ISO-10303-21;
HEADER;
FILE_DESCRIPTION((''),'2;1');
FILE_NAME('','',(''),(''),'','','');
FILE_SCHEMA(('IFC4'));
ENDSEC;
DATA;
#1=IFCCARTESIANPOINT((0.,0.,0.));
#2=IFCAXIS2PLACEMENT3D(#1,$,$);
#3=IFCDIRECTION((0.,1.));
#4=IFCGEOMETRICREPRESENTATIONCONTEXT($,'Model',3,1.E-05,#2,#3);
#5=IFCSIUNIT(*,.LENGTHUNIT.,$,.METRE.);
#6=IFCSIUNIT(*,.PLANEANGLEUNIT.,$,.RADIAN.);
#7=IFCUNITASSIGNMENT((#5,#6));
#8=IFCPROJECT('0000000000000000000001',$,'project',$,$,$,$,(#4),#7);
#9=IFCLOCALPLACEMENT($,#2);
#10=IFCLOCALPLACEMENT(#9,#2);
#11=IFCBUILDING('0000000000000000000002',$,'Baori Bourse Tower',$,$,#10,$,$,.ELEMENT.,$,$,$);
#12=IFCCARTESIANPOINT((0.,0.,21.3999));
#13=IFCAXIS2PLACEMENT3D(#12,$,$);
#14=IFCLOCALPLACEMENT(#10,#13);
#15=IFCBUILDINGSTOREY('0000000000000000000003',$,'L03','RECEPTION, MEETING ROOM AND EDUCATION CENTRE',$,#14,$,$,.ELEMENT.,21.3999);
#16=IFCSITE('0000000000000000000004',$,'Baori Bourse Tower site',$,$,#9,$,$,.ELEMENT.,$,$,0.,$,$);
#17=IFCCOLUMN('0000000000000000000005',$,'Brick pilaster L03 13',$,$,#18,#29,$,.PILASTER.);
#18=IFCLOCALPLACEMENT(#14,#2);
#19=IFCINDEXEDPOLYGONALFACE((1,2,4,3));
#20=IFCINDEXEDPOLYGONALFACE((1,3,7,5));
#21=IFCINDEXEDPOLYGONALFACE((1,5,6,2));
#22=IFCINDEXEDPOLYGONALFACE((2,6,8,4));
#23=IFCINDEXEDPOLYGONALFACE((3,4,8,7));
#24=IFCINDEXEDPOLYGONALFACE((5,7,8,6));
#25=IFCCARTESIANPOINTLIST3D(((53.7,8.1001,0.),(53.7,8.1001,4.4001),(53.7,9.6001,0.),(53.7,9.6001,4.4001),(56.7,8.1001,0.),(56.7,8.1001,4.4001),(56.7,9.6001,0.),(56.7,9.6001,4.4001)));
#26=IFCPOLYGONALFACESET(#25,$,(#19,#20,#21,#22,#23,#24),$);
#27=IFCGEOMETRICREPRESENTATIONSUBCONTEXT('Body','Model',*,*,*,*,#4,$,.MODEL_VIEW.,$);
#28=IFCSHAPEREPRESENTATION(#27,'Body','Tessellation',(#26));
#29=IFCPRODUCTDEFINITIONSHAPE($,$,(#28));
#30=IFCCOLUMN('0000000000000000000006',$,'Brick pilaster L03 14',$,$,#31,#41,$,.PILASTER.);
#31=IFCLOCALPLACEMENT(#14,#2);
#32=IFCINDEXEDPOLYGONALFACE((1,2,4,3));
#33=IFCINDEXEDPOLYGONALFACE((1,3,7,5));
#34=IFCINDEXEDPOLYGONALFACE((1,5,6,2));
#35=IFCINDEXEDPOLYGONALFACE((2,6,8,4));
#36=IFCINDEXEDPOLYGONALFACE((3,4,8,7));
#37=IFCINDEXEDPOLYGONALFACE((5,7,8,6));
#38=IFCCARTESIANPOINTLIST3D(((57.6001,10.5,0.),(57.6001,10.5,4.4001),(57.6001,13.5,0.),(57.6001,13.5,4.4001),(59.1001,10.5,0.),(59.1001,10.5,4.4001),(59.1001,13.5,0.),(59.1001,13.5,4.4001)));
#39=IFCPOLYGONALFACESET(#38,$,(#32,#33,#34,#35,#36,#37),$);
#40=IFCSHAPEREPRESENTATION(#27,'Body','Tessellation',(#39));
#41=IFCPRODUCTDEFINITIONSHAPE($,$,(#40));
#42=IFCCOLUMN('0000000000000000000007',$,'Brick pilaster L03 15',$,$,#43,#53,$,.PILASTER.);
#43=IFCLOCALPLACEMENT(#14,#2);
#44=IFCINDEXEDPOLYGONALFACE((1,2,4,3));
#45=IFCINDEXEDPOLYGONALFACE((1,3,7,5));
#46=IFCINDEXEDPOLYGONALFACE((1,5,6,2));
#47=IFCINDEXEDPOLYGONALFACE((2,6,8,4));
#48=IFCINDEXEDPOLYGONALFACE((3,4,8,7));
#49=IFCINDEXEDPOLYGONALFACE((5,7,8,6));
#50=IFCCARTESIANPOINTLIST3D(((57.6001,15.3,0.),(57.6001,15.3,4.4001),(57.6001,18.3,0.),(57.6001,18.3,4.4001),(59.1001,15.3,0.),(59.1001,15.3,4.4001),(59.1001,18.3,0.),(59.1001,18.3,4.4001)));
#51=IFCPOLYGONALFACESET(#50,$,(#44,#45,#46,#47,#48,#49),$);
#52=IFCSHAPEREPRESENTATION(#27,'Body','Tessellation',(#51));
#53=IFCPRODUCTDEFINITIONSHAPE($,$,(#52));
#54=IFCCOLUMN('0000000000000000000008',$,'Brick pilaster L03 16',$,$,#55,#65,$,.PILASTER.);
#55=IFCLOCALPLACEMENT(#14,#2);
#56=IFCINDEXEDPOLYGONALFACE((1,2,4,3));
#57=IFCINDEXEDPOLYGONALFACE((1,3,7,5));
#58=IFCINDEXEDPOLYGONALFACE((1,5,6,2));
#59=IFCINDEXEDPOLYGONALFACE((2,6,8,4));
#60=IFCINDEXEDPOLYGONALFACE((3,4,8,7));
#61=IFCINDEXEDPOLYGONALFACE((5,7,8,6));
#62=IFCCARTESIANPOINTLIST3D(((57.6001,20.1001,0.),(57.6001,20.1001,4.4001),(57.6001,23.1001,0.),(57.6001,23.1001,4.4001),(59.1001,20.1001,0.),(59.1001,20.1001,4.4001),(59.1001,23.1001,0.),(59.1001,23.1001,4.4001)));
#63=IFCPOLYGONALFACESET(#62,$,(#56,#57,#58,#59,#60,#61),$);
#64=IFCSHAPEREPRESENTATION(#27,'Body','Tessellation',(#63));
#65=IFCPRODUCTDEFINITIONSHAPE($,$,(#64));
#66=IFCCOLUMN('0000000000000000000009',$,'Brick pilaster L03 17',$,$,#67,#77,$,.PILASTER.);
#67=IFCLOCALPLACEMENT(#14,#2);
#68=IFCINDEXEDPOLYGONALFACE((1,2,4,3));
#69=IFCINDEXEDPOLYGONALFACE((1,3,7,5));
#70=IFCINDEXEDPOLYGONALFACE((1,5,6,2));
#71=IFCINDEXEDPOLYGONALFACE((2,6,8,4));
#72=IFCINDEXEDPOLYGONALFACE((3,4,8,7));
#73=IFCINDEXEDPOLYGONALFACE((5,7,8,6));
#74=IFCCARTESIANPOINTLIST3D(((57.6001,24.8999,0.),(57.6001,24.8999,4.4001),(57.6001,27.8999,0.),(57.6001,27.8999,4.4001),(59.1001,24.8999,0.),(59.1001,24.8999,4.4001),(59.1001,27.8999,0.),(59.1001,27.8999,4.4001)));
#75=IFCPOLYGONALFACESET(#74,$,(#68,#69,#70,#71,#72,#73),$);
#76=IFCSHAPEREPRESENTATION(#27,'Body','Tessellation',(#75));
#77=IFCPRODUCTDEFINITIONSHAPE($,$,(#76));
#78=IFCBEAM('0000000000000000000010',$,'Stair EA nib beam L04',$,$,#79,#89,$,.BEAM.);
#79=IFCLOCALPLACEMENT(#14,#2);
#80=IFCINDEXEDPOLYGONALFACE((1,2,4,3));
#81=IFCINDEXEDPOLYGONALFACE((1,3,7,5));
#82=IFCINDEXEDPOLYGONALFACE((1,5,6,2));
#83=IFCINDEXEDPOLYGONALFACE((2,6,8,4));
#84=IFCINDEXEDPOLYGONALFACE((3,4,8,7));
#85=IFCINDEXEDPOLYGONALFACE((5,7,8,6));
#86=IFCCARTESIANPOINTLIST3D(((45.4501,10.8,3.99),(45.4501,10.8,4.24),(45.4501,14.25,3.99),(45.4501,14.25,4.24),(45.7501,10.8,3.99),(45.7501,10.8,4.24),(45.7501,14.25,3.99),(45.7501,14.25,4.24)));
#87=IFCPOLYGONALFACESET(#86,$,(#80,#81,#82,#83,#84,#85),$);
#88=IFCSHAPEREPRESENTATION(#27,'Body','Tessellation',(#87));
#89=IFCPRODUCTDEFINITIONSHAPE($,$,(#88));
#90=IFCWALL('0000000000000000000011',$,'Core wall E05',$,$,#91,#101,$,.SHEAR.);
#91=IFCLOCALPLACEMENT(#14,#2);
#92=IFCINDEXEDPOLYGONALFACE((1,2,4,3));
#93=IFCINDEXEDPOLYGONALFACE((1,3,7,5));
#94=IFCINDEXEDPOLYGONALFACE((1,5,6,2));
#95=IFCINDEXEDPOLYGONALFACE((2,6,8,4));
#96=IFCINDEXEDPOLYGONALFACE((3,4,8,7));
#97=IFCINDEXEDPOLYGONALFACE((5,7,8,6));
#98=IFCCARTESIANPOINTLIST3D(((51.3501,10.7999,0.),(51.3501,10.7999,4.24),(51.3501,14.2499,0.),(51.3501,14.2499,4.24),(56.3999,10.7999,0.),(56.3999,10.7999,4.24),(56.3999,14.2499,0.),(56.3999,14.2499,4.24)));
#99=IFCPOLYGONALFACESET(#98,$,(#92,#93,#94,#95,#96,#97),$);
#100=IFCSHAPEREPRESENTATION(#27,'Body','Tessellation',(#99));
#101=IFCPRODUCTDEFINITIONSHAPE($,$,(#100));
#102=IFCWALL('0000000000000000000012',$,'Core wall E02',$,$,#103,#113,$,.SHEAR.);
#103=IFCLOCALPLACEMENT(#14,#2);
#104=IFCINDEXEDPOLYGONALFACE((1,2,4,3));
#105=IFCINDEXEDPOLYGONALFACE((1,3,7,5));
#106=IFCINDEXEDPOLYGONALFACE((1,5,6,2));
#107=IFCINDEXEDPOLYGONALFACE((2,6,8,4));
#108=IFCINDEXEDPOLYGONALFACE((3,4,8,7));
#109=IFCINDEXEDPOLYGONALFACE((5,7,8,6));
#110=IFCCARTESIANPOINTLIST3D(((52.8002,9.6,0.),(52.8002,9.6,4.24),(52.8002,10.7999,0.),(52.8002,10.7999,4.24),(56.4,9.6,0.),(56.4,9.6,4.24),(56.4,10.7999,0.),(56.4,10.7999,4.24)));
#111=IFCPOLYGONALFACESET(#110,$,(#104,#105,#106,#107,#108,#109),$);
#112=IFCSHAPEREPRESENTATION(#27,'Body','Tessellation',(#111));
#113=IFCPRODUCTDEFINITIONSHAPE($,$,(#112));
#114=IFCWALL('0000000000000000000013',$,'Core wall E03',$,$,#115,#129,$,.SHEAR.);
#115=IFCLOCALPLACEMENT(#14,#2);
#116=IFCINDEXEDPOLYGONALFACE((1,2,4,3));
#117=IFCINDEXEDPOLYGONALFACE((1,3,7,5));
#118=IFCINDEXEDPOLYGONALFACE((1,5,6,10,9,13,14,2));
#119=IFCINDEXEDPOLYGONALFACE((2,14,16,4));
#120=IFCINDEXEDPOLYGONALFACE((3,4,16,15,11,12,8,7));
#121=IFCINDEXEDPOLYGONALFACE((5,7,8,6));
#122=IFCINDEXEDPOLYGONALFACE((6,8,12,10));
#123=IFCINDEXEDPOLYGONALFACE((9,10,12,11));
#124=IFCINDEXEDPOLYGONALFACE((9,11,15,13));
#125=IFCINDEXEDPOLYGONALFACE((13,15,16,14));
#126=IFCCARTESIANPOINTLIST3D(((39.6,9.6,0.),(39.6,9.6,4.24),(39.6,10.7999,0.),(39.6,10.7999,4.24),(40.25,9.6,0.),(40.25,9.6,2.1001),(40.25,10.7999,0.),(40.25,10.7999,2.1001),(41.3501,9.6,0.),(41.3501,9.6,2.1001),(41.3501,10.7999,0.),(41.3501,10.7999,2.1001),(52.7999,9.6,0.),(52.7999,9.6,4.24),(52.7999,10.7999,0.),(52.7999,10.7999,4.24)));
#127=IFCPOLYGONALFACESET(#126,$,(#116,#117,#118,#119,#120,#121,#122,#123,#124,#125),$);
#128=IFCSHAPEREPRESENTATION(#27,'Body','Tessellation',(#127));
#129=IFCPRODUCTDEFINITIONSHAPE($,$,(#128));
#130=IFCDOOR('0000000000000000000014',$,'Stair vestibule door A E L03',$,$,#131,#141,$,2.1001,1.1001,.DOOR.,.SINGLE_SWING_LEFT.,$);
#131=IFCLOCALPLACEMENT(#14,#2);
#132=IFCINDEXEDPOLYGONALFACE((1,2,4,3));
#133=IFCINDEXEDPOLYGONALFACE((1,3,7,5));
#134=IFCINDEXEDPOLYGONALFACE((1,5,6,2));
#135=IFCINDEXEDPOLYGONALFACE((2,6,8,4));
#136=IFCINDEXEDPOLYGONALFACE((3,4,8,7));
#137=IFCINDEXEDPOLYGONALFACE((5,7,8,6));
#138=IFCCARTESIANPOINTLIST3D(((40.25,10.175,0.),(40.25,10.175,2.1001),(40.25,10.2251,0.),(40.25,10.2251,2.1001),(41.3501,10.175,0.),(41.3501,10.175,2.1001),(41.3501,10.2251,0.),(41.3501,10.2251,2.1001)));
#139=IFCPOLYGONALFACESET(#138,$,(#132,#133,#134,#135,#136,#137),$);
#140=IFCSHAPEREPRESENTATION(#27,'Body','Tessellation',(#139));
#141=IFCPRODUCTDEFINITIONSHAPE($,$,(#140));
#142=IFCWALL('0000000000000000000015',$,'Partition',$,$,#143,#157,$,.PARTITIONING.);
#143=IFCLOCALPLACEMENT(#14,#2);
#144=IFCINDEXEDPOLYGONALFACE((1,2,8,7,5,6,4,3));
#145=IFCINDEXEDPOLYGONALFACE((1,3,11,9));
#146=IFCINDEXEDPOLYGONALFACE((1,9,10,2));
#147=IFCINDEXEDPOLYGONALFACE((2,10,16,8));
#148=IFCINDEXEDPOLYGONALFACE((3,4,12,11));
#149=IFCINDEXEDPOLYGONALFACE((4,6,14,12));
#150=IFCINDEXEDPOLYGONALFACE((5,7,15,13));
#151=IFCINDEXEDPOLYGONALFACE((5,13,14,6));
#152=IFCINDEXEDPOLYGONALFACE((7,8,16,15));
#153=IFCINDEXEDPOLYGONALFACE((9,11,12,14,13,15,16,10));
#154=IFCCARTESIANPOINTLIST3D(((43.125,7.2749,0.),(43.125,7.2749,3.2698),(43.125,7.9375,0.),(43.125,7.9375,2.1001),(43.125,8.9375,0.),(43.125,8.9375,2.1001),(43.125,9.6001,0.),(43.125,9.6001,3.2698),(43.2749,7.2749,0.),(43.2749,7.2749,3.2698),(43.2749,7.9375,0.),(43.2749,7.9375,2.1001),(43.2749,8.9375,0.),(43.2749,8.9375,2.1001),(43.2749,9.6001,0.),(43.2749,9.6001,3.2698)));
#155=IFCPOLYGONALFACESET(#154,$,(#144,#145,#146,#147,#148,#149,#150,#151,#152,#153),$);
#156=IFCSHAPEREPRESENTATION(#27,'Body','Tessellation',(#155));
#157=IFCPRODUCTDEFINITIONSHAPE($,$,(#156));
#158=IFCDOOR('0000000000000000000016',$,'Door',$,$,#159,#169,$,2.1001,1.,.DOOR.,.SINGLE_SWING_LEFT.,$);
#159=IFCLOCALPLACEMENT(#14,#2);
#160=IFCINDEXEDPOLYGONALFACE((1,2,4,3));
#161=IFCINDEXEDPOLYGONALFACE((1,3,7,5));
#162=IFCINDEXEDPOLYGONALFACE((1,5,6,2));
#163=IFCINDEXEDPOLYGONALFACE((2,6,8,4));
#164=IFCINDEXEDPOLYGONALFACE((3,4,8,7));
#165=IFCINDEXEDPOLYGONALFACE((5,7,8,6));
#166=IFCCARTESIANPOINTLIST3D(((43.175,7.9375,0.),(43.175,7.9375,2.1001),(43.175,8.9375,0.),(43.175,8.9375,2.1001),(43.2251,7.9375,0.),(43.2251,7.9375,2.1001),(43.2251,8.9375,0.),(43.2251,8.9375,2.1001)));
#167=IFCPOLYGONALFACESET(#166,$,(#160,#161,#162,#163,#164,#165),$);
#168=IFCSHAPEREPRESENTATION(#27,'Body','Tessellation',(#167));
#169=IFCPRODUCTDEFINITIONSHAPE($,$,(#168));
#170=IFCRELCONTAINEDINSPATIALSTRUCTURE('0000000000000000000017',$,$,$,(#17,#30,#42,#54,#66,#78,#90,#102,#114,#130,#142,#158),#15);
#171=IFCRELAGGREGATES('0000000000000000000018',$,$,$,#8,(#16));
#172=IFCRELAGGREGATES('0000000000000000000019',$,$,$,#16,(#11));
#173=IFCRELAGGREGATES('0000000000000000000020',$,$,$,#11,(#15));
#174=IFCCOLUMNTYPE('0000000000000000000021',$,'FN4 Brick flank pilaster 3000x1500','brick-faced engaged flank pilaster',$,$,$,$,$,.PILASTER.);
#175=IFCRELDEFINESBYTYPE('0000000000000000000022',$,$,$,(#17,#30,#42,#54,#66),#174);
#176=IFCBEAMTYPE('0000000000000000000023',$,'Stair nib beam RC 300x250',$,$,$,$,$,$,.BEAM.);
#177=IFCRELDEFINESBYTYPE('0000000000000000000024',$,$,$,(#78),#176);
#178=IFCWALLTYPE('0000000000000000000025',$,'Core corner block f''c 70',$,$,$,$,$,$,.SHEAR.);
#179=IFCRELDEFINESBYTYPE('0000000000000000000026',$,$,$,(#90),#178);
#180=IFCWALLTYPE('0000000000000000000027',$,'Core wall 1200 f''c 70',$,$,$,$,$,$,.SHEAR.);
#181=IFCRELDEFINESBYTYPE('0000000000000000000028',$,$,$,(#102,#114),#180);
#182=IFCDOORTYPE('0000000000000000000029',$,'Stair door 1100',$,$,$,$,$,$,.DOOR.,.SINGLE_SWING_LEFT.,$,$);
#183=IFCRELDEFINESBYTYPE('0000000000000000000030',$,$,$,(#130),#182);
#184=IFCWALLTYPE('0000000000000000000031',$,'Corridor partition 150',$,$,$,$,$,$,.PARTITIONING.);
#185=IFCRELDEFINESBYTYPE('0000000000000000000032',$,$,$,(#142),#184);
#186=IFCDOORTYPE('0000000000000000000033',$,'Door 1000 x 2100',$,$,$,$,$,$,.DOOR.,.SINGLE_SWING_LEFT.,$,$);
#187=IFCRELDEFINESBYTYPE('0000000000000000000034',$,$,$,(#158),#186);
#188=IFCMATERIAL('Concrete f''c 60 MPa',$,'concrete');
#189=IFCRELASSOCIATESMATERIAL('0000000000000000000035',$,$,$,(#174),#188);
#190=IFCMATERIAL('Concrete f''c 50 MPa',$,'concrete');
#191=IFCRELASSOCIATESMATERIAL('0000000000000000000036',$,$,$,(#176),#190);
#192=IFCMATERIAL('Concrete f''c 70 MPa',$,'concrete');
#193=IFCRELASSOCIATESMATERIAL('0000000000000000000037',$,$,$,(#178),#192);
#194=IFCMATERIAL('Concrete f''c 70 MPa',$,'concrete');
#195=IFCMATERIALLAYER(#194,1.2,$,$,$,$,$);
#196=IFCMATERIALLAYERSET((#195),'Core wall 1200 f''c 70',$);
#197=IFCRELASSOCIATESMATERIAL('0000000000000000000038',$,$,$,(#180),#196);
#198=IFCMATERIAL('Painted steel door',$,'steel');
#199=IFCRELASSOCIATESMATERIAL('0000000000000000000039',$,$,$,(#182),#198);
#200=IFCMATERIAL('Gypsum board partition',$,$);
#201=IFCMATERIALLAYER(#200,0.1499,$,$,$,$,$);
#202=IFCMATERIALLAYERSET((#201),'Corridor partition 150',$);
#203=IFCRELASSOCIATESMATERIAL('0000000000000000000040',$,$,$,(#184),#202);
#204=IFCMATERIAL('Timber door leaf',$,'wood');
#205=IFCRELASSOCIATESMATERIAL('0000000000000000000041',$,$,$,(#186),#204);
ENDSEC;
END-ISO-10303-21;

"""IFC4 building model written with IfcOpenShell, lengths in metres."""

from ifc_helpers import new_model, si_unit, direction, frame, frame_2d, origin, origin_2d, place, context, subcontext, project, spatial, rectangle, extrude, material, layer, layer_set, material_profile, profile_set, type_object, element, fill, save


model = new_model("IFC4")

# Units and contexts
model_context = context("Model", 3, precision=1e-05, world=origin(), true_north=direction((0.0, 1.0)))
body_context = subcontext(model_context, "Body", "Model", "MODEL_VIEW")
ifc_project = project(units=[si_unit("LENGTHUNIT", "METRE"), si_unit("PLANEANGLEUNIT", "RADIAN")], contexts=[model_context])

# Site, building, storey
site_placement = place(None, origin())
site = spatial("IfcSite", under=ifc_project, at=site_placement, Name="Baori Bourse Tower site", CompositionType="ELEMENT", RefElevation=0.0)
building_placement = place(site_placement, origin())
building = spatial("IfcBuilding", under=site, at=building_placement, Name="Baori Bourse Tower", CompositionType="ELEMENT")
storey_placement = place(building_placement, frame((0.0, 0.0, 21.3999)))
storey = spatial("IfcBuildingStorey", under=building, at=storey_placement, Name="L03", Description="RECEPTION, MEETING ROOM AND EDUCATION CENTRE", CompositionType="ELEMENT", Elevation=21.3999)

# Columns
ifc_material_1 = material(Name="Concrete f'c 60 MPa", Category="concrete")
ifc_material_profile_1 = material_profile(ifc_material_1, rectangle(XDim=3.0, YDim=1.5, at=origin_2d()), Name="RC 3000x1500")
ifc_profile_set_1 = profile_set([ifc_material_profile_1], Name="Concrete f'c 60 MPa")
column_type = type_object("IfcColumnType", Name="FN4 Brick flank pilaster 3000x1500", Description="brick-faced engaged flank pilaster", PredefinedType="PILASTER", material=ifc_profile_set_1)
for number, where, z_axis, x_axis, name in (
    (1, (55.2, 8.8501, 0.0), (0.0, 0.0, 1.0), (1.0, 0.0, 0.0), "Brick pilaster L03 13"),
    (2, (58.3501, 12.0, 0.0), (0.0, 0.0, 1.0), (0.0, 1.0, 0.0), "Brick pilaster L03 14"),
    (3, (58.3501, 16.8, 0.0), (0.0, 0.0, 1.0), (0.0, 1.0, 0.0), "Brick pilaster L03 15"),
    (4, (58.3501, 21.6001, 0.0), (0.0, 0.0, 1.0), (0.0, 1.0, 0.0), "Brick pilaster L03 16"),
    (5, (58.3501, 26.3999, 0.0), (0.0, 0.0, 1.0), (0.0, 1.0, 0.0), "Brick pilaster L03 17"),
):
    element("IfcColumn", number, at=place(storey_placement, frame(where, z_axis=z_axis, x_axis=x_axis)), inside=storey, type_object=column_type, Name=name, PredefinedType="PILASTER", context=body_context, shape_type="SweptSolid", body=[
        extrude(rectangle(XDim=3.0, YDim=1.5, at=origin_2d()), origin(), (0.0, 0.0, 1.0), 4.4001),
    ])

# Beam
ifc_material_2 = material(Name="Concrete f'c 50 MPa", Category="concrete")
ifc_material_profile_2 = material_profile(ifc_material_2, rectangle(XDim=0.3, YDim=0.25, at=origin_2d()), Name="RC 300x250")
ifc_profile_set_2 = profile_set([ifc_material_profile_2], Name="Concrete f'c 50 MPa")
beam_type = type_object("IfcBeamType", Name="Stair nib beam RC 300x250", PredefinedType="BEAM", material=ifc_profile_set_2)
beam_placement = place(storey_placement, frame((45.6001, 10.8, 4.115), z_axis=(0.0, 1.0, 0.0), x_axis=(-1.0, 0.0, 0.0)))
element("IfcBeam", 6, at=beam_placement, inside=storey, type_object=beam_type, Name="Stair EA nib beam L04", PredefinedType="BEAM", context=body_context, shape_type="SweptSolid", body=[
    extrude(rectangle(XDim=0.3, YDim=0.25, at=origin_2d()), origin(), (0.0, 0.0, 1.0), 3.45),
])

# Walls
ifc_material_3 = material(Name="Concrete f'c 70 MPa", Category="concrete")
wall_type_1 = type_object("IfcWallType", Name="Core corner block f'c 70", PredefinedType="SHEAR", material=ifc_material_3)
wall_1_placement = place(storey_placement, frame((51.3501, 12.5249, 0.0), z_axis=(0.0, 0.0, 1.0), x_axis=(1.0, 0.0, 0.0)))
element("IfcWall", 7, at=wall_1_placement, inside=storey, type_object=wall_type_1, Name="Core wall E05", PredefinedType="SHEAR", context=body_context, shape_type="SweptSolid", body=[
    extrude(rectangle(XDim=5.0498, YDim=3.45, at=frame_2d((2.5249, 0.0))), origin(), (0.0, 0.0, 1.0), 4.24),
])
ifc_material_4 = material(Name="Concrete f'c 70 MPa", Category="concrete")
ifc_layer_1 = layer(ifc_material_4, 1.2)
ifc_layer_set_1 = layer_set([ifc_layer_1], Name="Core wall 1200 f'c 70")
wall_type_2 = type_object("IfcWallType", Name="Core wall 1200 f'c 70", PredefinedType="SHEAR", material=ifc_layer_set_1)
wall_2_placement = place(storey_placement, frame((56.3999, 10.2, 0.0), z_axis=(0.0, 0.0, 1.0), x_axis=(-1.0, 0.0, 0.0)))
element("IfcWall", 8, at=wall_2_placement, inside=storey, type_object=wall_type_2, Name="Core wall E02", PredefinedType="SHEAR", context=body_context, shape_type="SweptSolid", body=[
    extrude(rectangle(XDim=3.5999, YDim=1.2, at=frame_2d((1.7998, 0.0))), origin(), (0.0, 0.0, 1.0), 4.24),
])

# Walls, openings, doors
wall_3_placement = place(storey_placement, frame((52.8, 10.2, 0.0), z_axis=(0.0, 0.0, 1.0), x_axis=(-1.0, 0.0, 0.0)))
wall_3 = element("IfcWall", 9, at=wall_3_placement, inside=storey, type_object=wall_type_2, Name="Core wall E03", PredefinedType="SHEAR", context=body_context, shape_type="SweptSolid", body=[
    extrude(rectangle(XDim=13.2, YDim=1.2, at=frame_2d((6.6001, 0.0))), origin(), (0.0, 0.0, 1.0), 4.24),
])
opening_1_placement = place(wall_3_placement, frame((11.45, 0.0, 0.0)))
opening_1 = element("IfcOpeningElement", 10, at=opening_1_placement, cuts=wall_3, PredefinedType="OPENING", context=body_context, shape_type="SweptSolid", body=[
    extrude(rectangle(XDim=1.1001, YDim=2.1001, at=frame_2d((0.55, 1.05))), frame((0.0, 0.6099, 0.0), z_axis=(0.0, -1.0, 0.0), x_axis=(1.0, 0.0, 0.0)), (0.0, 0.0, 1.0), 1.22),
])
ifc_material_5 = material(Name="Painted steel door", Category="steel")
door_type_1 = type_object("IfcDoorType", Name="Stair door 1100", OperationType="SINGLE_SWING_LEFT", PredefinedType="DOOR", material=ifc_material_5)
door_1_placement = place(opening_1_placement, origin())
door_1 = element("IfcDoor", 11, at=door_1_placement, inside=storey, type_object=door_type_1, Name="Stair vestibule door A E L03", OperationType="SINGLE_SWING_LEFT", OverallHeight=2.1001, OverallWidth=1.1001, PredefinedType="DOOR", context=body_context, shape_type="SweptSolid", body=[
    extrude(rectangle(XDim=1.1001, YDim=2.1001, at=frame_2d((0.55, 1.05))), frame((0.0, 0.0249, 0.0), z_axis=(0.0, -1.0, 0.0), x_axis=(1.0, 0.0, 0.0)), (0.0, 0.0, 1.0), 0.05),
])
fill(opening_1, door_1)
ifc_material_6 = material(Name="Gypsum board partition")
ifc_layer_2 = layer(ifc_material_6, 0.1499)
ifc_layer_set_2 = layer_set([ifc_layer_2], Name="Corridor partition 150")
wall_type_3 = type_object("IfcWallType", Name="Corridor partition 150", PredefinedType="PARTITIONING", material=ifc_layer_set_2)
wall_4_placement = place(storey_placement, frame((43.2, 7.2749, 0.0), z_axis=(0.0, 0.0, 1.0), x_axis=(0.0, 1.0, 0.0)))
wall_4 = element("IfcWall", 12, at=wall_4_placement, inside=storey, type_object=wall_type_3, Name="Partition", PredefinedType="PARTITIONING", context=body_context, shape_type="SweptSolid", body=[
    extrude(rectangle(XDim=2.3252, YDim=0.1499, at=frame_2d((1.1626, 0.0))), origin(), (0.0, 0.0, 1.0), 3.2698),
])
opening_2_placement = place(wall_4_placement, frame((0.6626, 0.0, 0.0)))
opening_2 = element("IfcOpeningElement", 13, at=opening_2_placement, cuts=wall_4, PredefinedType="OPENING", context=body_context, shape_type="SweptSolid", body=[
    extrude(rectangle(XDim=1.0, YDim=2.1001, at=frame_2d((0.5, 1.05))), frame((0.0, 0.085, 0.0), z_axis=(0.0, -1.0, 0.0), x_axis=(1.0, 0.0, 0.0)), (0.0, 0.0, 1.0), 0.1699),
])
ifc_material_7 = material(Name="Timber door leaf", Category="wood")
door_type_2 = type_object("IfcDoorType", Name="Door 1000 x 2100", OperationType="SINGLE_SWING_LEFT", PredefinedType="DOOR", material=ifc_material_7)
door_2_placement = place(opening_2_placement, origin())
door_2 = element("IfcDoor", 14, at=door_2_placement, inside=storey, type_object=door_type_2, Name="Door", OperationType="SINGLE_SWING_LEFT", OverallHeight=2.1001, OverallWidth=1.0, PredefinedType="DOOR", context=body_context, shape_type="SweptSolid", body=[
    extrude(rectangle(XDim=1.0, YDim=2.1001, at=frame_2d((0.5, 1.05))), frame((0.0, 0.0249, 0.0), z_axis=(0.0, -1.0, 0.0), x_axis=(1.0, 0.0, 0.0)), (0.0, 0.0, 1.0), 0.05),
])
fill(opening_2, door_2)

save(model, "model.ifc")
